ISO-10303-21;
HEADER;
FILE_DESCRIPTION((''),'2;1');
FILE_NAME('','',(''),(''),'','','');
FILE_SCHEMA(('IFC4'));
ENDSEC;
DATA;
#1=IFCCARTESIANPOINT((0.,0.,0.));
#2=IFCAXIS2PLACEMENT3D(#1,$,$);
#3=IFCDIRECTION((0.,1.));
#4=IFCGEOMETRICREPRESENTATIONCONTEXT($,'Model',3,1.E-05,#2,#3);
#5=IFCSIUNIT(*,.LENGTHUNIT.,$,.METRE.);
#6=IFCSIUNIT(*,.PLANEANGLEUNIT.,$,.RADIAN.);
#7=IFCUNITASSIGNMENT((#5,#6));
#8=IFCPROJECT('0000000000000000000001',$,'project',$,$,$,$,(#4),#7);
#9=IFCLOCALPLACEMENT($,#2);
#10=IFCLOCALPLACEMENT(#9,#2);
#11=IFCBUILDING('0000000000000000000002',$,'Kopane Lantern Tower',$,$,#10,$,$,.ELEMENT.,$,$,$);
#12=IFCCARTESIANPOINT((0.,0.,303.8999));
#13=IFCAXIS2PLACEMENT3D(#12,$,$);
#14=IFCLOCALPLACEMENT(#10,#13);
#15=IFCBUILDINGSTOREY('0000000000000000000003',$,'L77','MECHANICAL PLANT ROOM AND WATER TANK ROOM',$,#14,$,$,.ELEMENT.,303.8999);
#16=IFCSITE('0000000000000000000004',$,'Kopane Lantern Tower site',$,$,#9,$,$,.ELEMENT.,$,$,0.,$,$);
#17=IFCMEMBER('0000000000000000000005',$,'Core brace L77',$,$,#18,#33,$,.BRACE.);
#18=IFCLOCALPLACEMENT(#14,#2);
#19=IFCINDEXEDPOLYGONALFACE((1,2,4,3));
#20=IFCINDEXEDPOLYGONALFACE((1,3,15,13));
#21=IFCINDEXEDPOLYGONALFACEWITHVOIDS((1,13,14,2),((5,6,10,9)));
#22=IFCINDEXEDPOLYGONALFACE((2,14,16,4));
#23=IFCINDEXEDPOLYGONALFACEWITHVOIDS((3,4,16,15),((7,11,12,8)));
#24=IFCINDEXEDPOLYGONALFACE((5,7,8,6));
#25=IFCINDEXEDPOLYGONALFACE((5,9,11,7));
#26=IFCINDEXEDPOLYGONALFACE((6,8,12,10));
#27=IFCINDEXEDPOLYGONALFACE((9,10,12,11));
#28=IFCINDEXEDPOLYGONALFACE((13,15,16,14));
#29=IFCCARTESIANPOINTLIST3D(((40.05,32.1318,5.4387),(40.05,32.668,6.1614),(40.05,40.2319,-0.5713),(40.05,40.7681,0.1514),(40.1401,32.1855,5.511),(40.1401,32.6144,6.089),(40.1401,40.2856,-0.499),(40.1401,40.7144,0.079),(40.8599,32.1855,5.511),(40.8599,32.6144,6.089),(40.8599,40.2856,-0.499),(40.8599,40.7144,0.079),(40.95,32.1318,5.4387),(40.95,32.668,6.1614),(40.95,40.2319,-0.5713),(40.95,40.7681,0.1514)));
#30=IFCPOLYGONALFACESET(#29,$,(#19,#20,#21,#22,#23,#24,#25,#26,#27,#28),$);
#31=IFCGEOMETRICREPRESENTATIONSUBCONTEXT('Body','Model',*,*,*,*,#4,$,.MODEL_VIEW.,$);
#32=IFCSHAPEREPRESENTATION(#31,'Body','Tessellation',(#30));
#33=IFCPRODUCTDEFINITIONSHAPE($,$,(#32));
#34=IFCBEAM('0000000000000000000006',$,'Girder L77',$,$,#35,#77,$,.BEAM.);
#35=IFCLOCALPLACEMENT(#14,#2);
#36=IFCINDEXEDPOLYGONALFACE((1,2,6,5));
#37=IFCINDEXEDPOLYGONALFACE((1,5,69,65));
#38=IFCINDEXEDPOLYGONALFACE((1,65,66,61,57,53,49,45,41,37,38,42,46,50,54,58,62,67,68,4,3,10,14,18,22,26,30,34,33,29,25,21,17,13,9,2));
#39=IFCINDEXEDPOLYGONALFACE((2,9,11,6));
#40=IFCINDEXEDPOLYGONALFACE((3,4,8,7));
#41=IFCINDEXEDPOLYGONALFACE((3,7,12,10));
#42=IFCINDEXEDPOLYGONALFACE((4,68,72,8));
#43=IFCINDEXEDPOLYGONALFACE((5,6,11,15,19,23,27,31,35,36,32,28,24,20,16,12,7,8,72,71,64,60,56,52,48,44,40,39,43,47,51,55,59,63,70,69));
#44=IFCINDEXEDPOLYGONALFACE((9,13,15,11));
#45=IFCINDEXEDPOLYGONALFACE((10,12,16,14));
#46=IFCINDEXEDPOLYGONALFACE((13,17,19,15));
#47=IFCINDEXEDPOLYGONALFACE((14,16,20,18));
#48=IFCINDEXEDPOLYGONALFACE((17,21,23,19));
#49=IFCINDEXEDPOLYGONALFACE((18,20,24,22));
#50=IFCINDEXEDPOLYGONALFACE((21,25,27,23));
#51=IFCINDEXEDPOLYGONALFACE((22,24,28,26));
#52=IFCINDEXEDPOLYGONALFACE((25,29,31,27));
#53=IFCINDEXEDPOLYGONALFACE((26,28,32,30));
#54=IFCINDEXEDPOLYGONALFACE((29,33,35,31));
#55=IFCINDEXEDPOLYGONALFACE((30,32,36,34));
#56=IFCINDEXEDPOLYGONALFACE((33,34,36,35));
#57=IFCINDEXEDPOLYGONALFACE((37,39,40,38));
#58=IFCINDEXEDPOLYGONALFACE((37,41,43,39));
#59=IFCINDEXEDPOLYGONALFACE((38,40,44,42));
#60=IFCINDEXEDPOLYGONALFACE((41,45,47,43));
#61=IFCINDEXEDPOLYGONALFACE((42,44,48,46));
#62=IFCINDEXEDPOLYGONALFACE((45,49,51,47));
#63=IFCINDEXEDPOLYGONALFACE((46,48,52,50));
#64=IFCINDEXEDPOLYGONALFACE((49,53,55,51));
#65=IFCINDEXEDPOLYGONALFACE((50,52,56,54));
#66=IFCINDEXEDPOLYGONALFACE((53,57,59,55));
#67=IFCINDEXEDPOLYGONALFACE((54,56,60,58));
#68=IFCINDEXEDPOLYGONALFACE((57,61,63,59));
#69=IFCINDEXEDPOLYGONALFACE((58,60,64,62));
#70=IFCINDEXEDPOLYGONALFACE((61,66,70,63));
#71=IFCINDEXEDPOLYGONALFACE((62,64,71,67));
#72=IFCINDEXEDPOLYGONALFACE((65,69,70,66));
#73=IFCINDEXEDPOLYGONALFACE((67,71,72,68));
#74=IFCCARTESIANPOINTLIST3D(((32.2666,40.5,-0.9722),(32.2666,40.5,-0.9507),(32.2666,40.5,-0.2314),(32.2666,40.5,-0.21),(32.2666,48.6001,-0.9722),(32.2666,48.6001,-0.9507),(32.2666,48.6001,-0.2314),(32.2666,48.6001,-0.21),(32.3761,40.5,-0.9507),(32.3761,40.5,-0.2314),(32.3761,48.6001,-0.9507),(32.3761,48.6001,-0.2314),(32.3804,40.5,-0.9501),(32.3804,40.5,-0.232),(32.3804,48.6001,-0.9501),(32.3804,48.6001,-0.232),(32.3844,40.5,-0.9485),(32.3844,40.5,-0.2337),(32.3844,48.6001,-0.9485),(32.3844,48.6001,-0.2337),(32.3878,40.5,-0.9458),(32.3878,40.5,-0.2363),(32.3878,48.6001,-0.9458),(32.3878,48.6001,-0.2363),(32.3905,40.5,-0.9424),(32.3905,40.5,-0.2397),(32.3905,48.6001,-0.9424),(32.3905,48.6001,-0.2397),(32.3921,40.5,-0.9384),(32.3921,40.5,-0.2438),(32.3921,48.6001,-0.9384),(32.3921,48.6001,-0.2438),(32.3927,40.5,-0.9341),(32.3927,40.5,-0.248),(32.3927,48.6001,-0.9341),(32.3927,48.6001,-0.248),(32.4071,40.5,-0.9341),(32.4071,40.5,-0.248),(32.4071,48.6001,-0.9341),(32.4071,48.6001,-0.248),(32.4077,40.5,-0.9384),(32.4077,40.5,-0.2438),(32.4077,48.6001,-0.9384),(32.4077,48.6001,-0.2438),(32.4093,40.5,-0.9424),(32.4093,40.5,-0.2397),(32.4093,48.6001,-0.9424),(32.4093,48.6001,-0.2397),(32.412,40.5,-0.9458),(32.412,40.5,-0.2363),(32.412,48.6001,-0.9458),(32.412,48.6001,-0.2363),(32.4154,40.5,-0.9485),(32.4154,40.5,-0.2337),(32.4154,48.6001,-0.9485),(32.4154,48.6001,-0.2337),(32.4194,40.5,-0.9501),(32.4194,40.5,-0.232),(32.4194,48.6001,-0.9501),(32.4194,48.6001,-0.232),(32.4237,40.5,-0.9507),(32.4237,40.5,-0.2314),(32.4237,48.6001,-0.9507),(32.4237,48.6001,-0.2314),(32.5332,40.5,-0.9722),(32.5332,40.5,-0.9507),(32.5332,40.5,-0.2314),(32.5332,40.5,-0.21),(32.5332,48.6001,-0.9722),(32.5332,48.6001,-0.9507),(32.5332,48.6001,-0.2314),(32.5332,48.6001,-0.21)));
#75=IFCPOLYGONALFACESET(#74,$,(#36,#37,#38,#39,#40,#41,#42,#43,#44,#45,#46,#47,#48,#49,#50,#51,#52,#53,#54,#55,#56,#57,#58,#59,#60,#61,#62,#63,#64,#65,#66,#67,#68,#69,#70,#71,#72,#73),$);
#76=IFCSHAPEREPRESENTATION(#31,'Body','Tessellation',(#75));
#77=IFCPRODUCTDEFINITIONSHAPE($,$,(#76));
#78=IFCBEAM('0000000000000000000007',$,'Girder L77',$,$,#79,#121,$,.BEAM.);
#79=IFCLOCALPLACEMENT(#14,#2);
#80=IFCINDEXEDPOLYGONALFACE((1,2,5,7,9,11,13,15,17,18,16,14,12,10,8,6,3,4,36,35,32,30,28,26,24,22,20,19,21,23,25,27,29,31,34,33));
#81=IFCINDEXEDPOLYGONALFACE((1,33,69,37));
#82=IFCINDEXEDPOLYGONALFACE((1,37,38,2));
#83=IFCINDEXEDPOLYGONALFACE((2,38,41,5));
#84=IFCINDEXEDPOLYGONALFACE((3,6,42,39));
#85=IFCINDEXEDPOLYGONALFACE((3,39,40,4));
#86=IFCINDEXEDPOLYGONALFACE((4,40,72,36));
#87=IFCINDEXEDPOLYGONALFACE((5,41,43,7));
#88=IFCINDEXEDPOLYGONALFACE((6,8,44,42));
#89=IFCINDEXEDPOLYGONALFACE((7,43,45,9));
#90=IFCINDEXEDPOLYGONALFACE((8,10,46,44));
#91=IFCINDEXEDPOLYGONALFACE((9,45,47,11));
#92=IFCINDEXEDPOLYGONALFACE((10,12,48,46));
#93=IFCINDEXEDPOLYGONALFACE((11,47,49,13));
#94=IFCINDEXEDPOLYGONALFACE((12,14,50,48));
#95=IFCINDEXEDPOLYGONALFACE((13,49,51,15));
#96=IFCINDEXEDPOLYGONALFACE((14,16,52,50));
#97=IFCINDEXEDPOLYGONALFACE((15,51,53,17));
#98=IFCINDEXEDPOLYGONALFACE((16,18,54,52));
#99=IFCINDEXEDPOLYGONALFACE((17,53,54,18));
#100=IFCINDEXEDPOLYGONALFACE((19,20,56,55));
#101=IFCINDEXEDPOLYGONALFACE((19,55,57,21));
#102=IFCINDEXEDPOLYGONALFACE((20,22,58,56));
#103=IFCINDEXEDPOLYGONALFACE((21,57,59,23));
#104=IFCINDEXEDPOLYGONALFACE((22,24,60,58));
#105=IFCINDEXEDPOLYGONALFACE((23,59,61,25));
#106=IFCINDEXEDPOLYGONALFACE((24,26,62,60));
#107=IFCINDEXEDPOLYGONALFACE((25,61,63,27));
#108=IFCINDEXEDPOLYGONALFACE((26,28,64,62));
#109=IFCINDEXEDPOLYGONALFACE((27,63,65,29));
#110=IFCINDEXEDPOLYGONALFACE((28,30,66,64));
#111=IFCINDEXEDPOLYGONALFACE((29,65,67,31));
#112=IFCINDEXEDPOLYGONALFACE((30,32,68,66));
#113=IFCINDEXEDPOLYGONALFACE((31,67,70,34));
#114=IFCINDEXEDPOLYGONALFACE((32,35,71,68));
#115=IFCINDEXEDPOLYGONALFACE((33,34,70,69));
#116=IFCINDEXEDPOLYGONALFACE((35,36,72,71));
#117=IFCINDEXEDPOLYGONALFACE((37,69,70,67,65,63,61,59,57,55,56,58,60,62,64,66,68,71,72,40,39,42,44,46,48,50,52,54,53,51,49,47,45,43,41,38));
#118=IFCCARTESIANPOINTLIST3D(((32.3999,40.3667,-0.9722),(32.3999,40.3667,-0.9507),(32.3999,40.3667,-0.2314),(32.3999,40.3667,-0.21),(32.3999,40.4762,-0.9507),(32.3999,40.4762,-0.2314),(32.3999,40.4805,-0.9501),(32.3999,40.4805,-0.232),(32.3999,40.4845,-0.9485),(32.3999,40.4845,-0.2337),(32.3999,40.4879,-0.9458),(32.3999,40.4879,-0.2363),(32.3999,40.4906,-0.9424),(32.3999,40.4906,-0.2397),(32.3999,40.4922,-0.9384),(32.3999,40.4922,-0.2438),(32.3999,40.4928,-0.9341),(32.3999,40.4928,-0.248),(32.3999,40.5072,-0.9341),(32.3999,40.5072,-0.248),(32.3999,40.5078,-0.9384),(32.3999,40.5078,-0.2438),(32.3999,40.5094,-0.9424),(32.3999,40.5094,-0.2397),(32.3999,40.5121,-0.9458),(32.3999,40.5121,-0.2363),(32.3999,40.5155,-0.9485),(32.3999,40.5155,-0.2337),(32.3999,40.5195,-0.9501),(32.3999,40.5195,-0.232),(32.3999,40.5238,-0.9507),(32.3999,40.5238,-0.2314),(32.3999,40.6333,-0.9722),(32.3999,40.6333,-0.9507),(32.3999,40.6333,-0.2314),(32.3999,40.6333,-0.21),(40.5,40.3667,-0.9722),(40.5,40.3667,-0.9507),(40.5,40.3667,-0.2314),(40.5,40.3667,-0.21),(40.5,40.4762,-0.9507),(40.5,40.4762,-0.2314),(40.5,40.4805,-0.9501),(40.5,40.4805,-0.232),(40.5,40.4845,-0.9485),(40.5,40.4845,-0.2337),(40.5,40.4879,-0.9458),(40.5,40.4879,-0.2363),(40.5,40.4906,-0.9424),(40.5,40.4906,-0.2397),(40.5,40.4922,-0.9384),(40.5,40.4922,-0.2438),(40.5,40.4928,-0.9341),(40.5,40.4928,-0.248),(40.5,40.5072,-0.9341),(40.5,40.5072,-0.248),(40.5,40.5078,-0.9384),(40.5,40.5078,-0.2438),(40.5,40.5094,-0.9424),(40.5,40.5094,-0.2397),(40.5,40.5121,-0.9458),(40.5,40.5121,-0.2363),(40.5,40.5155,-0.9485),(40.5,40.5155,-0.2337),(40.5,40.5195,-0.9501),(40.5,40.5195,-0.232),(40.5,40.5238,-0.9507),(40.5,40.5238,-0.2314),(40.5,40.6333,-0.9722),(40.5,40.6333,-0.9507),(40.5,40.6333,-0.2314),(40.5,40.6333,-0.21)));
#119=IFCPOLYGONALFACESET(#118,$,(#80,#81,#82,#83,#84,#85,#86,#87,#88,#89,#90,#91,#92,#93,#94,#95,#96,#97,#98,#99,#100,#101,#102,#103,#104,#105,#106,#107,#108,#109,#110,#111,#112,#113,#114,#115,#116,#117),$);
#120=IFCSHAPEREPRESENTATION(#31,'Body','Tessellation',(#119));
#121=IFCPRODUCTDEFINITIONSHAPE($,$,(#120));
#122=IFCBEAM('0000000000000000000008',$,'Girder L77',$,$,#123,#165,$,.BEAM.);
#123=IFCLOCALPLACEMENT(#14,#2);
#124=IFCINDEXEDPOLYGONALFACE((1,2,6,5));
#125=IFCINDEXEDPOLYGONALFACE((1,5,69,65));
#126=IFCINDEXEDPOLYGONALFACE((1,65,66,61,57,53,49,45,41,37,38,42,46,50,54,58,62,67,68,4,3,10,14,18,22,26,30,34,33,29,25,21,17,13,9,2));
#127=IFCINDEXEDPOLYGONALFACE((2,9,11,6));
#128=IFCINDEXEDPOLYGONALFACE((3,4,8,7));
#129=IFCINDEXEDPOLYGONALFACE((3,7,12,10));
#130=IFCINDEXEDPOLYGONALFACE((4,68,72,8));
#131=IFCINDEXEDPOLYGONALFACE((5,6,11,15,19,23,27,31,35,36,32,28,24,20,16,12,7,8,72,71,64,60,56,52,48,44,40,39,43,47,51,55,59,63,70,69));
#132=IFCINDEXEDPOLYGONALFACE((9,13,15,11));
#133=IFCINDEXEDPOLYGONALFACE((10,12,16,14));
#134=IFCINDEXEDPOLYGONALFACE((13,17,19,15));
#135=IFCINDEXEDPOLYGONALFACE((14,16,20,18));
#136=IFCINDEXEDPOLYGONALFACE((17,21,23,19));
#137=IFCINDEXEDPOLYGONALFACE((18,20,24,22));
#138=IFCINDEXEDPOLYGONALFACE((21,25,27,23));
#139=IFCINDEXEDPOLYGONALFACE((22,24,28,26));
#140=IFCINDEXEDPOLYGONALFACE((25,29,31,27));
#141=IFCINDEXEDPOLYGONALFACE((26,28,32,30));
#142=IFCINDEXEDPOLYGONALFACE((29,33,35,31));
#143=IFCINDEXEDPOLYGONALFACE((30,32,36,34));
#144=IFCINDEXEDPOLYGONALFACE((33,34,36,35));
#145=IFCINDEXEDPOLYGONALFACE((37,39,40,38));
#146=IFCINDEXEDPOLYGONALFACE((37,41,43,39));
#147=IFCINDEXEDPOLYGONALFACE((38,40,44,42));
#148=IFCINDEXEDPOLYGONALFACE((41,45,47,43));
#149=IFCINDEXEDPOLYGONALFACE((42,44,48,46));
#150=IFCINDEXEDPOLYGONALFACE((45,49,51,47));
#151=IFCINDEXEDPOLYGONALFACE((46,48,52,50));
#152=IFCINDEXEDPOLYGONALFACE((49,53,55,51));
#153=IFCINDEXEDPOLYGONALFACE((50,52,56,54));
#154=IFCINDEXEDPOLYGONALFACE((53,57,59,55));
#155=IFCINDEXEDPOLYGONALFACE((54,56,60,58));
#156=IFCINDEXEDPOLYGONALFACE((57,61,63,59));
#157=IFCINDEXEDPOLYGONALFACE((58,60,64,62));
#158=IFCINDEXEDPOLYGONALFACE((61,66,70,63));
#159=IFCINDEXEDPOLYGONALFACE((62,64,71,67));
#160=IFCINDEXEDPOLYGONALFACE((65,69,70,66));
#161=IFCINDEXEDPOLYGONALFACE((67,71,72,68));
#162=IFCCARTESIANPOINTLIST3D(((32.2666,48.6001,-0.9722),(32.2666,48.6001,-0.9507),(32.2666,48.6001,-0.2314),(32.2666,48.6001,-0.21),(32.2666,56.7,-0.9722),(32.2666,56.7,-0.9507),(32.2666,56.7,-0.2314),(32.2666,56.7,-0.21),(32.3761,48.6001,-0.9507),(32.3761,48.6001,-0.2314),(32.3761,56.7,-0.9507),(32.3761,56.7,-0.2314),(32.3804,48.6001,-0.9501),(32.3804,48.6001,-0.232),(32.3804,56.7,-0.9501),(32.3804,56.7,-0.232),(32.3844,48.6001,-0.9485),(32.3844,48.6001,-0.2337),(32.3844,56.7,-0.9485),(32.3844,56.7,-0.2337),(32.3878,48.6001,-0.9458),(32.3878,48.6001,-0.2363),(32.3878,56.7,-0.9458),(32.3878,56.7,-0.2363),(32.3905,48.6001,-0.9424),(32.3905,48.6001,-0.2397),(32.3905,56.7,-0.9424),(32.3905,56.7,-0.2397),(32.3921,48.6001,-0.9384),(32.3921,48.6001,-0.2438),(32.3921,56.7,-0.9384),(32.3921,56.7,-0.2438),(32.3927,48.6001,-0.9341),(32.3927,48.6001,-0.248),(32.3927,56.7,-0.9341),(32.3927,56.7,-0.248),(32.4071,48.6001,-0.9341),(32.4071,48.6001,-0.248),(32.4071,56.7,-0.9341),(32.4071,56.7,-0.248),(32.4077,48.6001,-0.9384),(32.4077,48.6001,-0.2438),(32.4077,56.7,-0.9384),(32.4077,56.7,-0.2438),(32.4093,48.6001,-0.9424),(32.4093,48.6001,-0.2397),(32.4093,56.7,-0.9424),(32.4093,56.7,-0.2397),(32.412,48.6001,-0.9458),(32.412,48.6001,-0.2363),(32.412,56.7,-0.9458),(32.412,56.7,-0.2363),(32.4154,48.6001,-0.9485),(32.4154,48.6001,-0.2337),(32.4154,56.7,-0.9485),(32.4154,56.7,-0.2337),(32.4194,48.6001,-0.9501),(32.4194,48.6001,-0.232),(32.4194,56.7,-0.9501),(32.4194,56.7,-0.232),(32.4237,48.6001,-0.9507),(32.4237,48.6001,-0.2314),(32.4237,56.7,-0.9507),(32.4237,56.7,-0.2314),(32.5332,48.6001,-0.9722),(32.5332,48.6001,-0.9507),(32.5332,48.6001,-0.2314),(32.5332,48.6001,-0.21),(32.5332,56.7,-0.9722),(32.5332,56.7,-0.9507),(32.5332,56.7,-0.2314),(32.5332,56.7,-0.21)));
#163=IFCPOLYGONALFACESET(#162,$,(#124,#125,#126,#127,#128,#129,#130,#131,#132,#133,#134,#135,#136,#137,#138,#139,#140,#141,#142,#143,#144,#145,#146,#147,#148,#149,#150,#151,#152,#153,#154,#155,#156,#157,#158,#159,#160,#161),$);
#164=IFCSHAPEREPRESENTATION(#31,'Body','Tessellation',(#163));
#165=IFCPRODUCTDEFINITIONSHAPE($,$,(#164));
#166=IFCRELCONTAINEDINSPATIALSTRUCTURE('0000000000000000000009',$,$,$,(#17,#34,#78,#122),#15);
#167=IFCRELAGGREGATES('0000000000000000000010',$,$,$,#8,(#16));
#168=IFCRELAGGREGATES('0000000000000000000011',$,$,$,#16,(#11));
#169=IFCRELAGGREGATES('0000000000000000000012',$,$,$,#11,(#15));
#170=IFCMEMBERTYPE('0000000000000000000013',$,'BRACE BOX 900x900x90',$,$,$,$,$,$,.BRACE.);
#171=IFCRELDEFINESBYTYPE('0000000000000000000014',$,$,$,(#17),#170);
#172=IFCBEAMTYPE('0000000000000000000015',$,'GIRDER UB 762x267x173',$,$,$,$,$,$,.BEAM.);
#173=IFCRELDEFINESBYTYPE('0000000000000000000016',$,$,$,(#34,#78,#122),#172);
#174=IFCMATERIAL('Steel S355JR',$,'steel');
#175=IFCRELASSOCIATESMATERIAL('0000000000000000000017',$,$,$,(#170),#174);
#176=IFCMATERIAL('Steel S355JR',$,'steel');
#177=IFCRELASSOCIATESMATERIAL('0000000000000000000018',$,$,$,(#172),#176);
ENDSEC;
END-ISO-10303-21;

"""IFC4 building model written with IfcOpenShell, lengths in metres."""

from ifc_helpers import new_model, si_unit, direction, frame, origin, origin_2d, place, context, subcontext, project, spatial, hollow_rectangle, i_section, extrude, material, material_profile, profile_set, type_object, element, save


model = new_model("IFC4")

# Units and contexts
model_context = context("Model", 3, precision=1e-05, world=origin(), true_north=direction((0.0, 1.0)))
body_context = subcontext(model_context, "Body", "Model", "MODEL_VIEW")
ifc_project = project(units=[si_unit("LENGTHUNIT", "METRE"), si_unit("PLANEANGLEUNIT", "RADIAN")], contexts=[model_context])

# Site, building, storey
site_placement = place(None, origin())
site = spatial("IfcSite", under=ifc_project, at=site_placement, Name="Kopane Lantern Tower site", CompositionType="ELEMENT", RefElevation=0.0)
building_placement = place(site_placement, origin())
building = spatial("IfcBuilding", under=site, at=building_placement, Name="Kopane Lantern Tower", CompositionType="ELEMENT")
storey_placement = place(building_placement, frame((0.0, 0.0, 303.8999)))
storey = spatial("IfcBuildingStorey", under=building, at=storey_placement, Name="L77", Description="MECHANICAL PLANT ROOM AND WATER TANK ROOM", CompositionType="ELEMENT", Elevation=303.8999)

# Member
ifc_material_1 = material(Name="Steel S355JR", Category="steel")
ifc_material_profile_1 = material_profile(ifc_material_1, hollow_rectangle(XDim=0.8999, YDim=0.8999, WallThickness=0.0901, at=origin_2d()), Name="BOX 900x900x90")
ifc_profile_set_1 = profile_set([ifc_material_profile_1], Name="Steel S355JR")
member_type_1 = type_object("IfcMemberType", Name="BRACE BOX 900x900x90", PredefinedType="BRACE", material=ifc_profile_set_1)
member_1_placement = place(storey_placement, frame((40.5, 40.5, -0.21), z_axis=(0.0, -0.803086, 0.595864), x_axis=(1.0, 0.0, 0.0)))
element("IfcMember", 1, at=member_1_placement, inside=storey, type_object=member_type_1, Name="Core brace L77", PredefinedType="BRACE", context=body_context, shape_type="SweptSolid", body=[
    extrude(hollow_rectangle(XDim=0.8999, YDim=0.8999, WallThickness=0.0901, at=origin_2d()), origin(), (0.0, 0.0, 1.0), 10.0862),
])

# Beams
ifc_material_2 = material(Name="Steel S355JR", Category="steel")
ifc_material_profile_2 = material_profile(ifc_material_2, i_section(OverallWidth=0.2666, OverallDepth=0.7622, WebThickness=0.0144, FlangeThickness=0.0215, FilletRadius=0.0166, at=origin_2d()), Name="UB 762x267x173")
ifc_profile_set_2 = profile_set([ifc_material_profile_2], Name="Steel S355JR")
beam_type = type_object("IfcBeamType", Name="GIRDER UB 762x267x173", PredefinedType="BEAM", material=ifc_profile_set_2)
for number, where, z_axis, x_axis, name in (
    (2, (32.3999, 40.5, -0.5911), (0.0, 1.0, 0.0), (-1.0, 0.0, 0.0), "Girder L77"),
    (3, (32.3999, 40.5, -0.5911), (1.0, 0.0, 0.0), (0.0, 1.0, 0.0), "Girder L77"),
):
    element("IfcBeam", number, at=place(storey_placement, frame(where, z_axis=z_axis, x_axis=x_axis)), inside=storey, type_object=beam_type, Name=name, PredefinedType="BEAM", context=body_context, shape_type="SweptSolid", body=[
        extrude(i_section(OverallWidth=0.2666, OverallDepth=0.7622, WebThickness=0.0144, FlangeThickness=0.0215, FilletRadius=0.0166, at=origin_2d()), origin(), (0.0, 0.0, 1.0), 8.1001),
    ])
beam_1_placement = place(storey_placement, frame((32.3999, 48.6001, -0.5911), z_axis=(0.0, 1.0, 0.0), x_axis=(-1.0, 0.0, 0.0)))
element("IfcBeam", 4, at=beam_1_placement, inside=storey, type_object=beam_type, Name="Girder L77", PredefinedType="BEAM", context=body_context, shape_type="SweptSolid", body=[
    extrude(i_section(OverallWidth=0.2666, OverallDepth=0.7622, WebThickness=0.0144, FlangeThickness=0.0215, FilletRadius=0.0166, at=origin_2d()), origin(), (0.0, 0.0, 1.0), 8.0999),
])

save(model, "model.ifc")
